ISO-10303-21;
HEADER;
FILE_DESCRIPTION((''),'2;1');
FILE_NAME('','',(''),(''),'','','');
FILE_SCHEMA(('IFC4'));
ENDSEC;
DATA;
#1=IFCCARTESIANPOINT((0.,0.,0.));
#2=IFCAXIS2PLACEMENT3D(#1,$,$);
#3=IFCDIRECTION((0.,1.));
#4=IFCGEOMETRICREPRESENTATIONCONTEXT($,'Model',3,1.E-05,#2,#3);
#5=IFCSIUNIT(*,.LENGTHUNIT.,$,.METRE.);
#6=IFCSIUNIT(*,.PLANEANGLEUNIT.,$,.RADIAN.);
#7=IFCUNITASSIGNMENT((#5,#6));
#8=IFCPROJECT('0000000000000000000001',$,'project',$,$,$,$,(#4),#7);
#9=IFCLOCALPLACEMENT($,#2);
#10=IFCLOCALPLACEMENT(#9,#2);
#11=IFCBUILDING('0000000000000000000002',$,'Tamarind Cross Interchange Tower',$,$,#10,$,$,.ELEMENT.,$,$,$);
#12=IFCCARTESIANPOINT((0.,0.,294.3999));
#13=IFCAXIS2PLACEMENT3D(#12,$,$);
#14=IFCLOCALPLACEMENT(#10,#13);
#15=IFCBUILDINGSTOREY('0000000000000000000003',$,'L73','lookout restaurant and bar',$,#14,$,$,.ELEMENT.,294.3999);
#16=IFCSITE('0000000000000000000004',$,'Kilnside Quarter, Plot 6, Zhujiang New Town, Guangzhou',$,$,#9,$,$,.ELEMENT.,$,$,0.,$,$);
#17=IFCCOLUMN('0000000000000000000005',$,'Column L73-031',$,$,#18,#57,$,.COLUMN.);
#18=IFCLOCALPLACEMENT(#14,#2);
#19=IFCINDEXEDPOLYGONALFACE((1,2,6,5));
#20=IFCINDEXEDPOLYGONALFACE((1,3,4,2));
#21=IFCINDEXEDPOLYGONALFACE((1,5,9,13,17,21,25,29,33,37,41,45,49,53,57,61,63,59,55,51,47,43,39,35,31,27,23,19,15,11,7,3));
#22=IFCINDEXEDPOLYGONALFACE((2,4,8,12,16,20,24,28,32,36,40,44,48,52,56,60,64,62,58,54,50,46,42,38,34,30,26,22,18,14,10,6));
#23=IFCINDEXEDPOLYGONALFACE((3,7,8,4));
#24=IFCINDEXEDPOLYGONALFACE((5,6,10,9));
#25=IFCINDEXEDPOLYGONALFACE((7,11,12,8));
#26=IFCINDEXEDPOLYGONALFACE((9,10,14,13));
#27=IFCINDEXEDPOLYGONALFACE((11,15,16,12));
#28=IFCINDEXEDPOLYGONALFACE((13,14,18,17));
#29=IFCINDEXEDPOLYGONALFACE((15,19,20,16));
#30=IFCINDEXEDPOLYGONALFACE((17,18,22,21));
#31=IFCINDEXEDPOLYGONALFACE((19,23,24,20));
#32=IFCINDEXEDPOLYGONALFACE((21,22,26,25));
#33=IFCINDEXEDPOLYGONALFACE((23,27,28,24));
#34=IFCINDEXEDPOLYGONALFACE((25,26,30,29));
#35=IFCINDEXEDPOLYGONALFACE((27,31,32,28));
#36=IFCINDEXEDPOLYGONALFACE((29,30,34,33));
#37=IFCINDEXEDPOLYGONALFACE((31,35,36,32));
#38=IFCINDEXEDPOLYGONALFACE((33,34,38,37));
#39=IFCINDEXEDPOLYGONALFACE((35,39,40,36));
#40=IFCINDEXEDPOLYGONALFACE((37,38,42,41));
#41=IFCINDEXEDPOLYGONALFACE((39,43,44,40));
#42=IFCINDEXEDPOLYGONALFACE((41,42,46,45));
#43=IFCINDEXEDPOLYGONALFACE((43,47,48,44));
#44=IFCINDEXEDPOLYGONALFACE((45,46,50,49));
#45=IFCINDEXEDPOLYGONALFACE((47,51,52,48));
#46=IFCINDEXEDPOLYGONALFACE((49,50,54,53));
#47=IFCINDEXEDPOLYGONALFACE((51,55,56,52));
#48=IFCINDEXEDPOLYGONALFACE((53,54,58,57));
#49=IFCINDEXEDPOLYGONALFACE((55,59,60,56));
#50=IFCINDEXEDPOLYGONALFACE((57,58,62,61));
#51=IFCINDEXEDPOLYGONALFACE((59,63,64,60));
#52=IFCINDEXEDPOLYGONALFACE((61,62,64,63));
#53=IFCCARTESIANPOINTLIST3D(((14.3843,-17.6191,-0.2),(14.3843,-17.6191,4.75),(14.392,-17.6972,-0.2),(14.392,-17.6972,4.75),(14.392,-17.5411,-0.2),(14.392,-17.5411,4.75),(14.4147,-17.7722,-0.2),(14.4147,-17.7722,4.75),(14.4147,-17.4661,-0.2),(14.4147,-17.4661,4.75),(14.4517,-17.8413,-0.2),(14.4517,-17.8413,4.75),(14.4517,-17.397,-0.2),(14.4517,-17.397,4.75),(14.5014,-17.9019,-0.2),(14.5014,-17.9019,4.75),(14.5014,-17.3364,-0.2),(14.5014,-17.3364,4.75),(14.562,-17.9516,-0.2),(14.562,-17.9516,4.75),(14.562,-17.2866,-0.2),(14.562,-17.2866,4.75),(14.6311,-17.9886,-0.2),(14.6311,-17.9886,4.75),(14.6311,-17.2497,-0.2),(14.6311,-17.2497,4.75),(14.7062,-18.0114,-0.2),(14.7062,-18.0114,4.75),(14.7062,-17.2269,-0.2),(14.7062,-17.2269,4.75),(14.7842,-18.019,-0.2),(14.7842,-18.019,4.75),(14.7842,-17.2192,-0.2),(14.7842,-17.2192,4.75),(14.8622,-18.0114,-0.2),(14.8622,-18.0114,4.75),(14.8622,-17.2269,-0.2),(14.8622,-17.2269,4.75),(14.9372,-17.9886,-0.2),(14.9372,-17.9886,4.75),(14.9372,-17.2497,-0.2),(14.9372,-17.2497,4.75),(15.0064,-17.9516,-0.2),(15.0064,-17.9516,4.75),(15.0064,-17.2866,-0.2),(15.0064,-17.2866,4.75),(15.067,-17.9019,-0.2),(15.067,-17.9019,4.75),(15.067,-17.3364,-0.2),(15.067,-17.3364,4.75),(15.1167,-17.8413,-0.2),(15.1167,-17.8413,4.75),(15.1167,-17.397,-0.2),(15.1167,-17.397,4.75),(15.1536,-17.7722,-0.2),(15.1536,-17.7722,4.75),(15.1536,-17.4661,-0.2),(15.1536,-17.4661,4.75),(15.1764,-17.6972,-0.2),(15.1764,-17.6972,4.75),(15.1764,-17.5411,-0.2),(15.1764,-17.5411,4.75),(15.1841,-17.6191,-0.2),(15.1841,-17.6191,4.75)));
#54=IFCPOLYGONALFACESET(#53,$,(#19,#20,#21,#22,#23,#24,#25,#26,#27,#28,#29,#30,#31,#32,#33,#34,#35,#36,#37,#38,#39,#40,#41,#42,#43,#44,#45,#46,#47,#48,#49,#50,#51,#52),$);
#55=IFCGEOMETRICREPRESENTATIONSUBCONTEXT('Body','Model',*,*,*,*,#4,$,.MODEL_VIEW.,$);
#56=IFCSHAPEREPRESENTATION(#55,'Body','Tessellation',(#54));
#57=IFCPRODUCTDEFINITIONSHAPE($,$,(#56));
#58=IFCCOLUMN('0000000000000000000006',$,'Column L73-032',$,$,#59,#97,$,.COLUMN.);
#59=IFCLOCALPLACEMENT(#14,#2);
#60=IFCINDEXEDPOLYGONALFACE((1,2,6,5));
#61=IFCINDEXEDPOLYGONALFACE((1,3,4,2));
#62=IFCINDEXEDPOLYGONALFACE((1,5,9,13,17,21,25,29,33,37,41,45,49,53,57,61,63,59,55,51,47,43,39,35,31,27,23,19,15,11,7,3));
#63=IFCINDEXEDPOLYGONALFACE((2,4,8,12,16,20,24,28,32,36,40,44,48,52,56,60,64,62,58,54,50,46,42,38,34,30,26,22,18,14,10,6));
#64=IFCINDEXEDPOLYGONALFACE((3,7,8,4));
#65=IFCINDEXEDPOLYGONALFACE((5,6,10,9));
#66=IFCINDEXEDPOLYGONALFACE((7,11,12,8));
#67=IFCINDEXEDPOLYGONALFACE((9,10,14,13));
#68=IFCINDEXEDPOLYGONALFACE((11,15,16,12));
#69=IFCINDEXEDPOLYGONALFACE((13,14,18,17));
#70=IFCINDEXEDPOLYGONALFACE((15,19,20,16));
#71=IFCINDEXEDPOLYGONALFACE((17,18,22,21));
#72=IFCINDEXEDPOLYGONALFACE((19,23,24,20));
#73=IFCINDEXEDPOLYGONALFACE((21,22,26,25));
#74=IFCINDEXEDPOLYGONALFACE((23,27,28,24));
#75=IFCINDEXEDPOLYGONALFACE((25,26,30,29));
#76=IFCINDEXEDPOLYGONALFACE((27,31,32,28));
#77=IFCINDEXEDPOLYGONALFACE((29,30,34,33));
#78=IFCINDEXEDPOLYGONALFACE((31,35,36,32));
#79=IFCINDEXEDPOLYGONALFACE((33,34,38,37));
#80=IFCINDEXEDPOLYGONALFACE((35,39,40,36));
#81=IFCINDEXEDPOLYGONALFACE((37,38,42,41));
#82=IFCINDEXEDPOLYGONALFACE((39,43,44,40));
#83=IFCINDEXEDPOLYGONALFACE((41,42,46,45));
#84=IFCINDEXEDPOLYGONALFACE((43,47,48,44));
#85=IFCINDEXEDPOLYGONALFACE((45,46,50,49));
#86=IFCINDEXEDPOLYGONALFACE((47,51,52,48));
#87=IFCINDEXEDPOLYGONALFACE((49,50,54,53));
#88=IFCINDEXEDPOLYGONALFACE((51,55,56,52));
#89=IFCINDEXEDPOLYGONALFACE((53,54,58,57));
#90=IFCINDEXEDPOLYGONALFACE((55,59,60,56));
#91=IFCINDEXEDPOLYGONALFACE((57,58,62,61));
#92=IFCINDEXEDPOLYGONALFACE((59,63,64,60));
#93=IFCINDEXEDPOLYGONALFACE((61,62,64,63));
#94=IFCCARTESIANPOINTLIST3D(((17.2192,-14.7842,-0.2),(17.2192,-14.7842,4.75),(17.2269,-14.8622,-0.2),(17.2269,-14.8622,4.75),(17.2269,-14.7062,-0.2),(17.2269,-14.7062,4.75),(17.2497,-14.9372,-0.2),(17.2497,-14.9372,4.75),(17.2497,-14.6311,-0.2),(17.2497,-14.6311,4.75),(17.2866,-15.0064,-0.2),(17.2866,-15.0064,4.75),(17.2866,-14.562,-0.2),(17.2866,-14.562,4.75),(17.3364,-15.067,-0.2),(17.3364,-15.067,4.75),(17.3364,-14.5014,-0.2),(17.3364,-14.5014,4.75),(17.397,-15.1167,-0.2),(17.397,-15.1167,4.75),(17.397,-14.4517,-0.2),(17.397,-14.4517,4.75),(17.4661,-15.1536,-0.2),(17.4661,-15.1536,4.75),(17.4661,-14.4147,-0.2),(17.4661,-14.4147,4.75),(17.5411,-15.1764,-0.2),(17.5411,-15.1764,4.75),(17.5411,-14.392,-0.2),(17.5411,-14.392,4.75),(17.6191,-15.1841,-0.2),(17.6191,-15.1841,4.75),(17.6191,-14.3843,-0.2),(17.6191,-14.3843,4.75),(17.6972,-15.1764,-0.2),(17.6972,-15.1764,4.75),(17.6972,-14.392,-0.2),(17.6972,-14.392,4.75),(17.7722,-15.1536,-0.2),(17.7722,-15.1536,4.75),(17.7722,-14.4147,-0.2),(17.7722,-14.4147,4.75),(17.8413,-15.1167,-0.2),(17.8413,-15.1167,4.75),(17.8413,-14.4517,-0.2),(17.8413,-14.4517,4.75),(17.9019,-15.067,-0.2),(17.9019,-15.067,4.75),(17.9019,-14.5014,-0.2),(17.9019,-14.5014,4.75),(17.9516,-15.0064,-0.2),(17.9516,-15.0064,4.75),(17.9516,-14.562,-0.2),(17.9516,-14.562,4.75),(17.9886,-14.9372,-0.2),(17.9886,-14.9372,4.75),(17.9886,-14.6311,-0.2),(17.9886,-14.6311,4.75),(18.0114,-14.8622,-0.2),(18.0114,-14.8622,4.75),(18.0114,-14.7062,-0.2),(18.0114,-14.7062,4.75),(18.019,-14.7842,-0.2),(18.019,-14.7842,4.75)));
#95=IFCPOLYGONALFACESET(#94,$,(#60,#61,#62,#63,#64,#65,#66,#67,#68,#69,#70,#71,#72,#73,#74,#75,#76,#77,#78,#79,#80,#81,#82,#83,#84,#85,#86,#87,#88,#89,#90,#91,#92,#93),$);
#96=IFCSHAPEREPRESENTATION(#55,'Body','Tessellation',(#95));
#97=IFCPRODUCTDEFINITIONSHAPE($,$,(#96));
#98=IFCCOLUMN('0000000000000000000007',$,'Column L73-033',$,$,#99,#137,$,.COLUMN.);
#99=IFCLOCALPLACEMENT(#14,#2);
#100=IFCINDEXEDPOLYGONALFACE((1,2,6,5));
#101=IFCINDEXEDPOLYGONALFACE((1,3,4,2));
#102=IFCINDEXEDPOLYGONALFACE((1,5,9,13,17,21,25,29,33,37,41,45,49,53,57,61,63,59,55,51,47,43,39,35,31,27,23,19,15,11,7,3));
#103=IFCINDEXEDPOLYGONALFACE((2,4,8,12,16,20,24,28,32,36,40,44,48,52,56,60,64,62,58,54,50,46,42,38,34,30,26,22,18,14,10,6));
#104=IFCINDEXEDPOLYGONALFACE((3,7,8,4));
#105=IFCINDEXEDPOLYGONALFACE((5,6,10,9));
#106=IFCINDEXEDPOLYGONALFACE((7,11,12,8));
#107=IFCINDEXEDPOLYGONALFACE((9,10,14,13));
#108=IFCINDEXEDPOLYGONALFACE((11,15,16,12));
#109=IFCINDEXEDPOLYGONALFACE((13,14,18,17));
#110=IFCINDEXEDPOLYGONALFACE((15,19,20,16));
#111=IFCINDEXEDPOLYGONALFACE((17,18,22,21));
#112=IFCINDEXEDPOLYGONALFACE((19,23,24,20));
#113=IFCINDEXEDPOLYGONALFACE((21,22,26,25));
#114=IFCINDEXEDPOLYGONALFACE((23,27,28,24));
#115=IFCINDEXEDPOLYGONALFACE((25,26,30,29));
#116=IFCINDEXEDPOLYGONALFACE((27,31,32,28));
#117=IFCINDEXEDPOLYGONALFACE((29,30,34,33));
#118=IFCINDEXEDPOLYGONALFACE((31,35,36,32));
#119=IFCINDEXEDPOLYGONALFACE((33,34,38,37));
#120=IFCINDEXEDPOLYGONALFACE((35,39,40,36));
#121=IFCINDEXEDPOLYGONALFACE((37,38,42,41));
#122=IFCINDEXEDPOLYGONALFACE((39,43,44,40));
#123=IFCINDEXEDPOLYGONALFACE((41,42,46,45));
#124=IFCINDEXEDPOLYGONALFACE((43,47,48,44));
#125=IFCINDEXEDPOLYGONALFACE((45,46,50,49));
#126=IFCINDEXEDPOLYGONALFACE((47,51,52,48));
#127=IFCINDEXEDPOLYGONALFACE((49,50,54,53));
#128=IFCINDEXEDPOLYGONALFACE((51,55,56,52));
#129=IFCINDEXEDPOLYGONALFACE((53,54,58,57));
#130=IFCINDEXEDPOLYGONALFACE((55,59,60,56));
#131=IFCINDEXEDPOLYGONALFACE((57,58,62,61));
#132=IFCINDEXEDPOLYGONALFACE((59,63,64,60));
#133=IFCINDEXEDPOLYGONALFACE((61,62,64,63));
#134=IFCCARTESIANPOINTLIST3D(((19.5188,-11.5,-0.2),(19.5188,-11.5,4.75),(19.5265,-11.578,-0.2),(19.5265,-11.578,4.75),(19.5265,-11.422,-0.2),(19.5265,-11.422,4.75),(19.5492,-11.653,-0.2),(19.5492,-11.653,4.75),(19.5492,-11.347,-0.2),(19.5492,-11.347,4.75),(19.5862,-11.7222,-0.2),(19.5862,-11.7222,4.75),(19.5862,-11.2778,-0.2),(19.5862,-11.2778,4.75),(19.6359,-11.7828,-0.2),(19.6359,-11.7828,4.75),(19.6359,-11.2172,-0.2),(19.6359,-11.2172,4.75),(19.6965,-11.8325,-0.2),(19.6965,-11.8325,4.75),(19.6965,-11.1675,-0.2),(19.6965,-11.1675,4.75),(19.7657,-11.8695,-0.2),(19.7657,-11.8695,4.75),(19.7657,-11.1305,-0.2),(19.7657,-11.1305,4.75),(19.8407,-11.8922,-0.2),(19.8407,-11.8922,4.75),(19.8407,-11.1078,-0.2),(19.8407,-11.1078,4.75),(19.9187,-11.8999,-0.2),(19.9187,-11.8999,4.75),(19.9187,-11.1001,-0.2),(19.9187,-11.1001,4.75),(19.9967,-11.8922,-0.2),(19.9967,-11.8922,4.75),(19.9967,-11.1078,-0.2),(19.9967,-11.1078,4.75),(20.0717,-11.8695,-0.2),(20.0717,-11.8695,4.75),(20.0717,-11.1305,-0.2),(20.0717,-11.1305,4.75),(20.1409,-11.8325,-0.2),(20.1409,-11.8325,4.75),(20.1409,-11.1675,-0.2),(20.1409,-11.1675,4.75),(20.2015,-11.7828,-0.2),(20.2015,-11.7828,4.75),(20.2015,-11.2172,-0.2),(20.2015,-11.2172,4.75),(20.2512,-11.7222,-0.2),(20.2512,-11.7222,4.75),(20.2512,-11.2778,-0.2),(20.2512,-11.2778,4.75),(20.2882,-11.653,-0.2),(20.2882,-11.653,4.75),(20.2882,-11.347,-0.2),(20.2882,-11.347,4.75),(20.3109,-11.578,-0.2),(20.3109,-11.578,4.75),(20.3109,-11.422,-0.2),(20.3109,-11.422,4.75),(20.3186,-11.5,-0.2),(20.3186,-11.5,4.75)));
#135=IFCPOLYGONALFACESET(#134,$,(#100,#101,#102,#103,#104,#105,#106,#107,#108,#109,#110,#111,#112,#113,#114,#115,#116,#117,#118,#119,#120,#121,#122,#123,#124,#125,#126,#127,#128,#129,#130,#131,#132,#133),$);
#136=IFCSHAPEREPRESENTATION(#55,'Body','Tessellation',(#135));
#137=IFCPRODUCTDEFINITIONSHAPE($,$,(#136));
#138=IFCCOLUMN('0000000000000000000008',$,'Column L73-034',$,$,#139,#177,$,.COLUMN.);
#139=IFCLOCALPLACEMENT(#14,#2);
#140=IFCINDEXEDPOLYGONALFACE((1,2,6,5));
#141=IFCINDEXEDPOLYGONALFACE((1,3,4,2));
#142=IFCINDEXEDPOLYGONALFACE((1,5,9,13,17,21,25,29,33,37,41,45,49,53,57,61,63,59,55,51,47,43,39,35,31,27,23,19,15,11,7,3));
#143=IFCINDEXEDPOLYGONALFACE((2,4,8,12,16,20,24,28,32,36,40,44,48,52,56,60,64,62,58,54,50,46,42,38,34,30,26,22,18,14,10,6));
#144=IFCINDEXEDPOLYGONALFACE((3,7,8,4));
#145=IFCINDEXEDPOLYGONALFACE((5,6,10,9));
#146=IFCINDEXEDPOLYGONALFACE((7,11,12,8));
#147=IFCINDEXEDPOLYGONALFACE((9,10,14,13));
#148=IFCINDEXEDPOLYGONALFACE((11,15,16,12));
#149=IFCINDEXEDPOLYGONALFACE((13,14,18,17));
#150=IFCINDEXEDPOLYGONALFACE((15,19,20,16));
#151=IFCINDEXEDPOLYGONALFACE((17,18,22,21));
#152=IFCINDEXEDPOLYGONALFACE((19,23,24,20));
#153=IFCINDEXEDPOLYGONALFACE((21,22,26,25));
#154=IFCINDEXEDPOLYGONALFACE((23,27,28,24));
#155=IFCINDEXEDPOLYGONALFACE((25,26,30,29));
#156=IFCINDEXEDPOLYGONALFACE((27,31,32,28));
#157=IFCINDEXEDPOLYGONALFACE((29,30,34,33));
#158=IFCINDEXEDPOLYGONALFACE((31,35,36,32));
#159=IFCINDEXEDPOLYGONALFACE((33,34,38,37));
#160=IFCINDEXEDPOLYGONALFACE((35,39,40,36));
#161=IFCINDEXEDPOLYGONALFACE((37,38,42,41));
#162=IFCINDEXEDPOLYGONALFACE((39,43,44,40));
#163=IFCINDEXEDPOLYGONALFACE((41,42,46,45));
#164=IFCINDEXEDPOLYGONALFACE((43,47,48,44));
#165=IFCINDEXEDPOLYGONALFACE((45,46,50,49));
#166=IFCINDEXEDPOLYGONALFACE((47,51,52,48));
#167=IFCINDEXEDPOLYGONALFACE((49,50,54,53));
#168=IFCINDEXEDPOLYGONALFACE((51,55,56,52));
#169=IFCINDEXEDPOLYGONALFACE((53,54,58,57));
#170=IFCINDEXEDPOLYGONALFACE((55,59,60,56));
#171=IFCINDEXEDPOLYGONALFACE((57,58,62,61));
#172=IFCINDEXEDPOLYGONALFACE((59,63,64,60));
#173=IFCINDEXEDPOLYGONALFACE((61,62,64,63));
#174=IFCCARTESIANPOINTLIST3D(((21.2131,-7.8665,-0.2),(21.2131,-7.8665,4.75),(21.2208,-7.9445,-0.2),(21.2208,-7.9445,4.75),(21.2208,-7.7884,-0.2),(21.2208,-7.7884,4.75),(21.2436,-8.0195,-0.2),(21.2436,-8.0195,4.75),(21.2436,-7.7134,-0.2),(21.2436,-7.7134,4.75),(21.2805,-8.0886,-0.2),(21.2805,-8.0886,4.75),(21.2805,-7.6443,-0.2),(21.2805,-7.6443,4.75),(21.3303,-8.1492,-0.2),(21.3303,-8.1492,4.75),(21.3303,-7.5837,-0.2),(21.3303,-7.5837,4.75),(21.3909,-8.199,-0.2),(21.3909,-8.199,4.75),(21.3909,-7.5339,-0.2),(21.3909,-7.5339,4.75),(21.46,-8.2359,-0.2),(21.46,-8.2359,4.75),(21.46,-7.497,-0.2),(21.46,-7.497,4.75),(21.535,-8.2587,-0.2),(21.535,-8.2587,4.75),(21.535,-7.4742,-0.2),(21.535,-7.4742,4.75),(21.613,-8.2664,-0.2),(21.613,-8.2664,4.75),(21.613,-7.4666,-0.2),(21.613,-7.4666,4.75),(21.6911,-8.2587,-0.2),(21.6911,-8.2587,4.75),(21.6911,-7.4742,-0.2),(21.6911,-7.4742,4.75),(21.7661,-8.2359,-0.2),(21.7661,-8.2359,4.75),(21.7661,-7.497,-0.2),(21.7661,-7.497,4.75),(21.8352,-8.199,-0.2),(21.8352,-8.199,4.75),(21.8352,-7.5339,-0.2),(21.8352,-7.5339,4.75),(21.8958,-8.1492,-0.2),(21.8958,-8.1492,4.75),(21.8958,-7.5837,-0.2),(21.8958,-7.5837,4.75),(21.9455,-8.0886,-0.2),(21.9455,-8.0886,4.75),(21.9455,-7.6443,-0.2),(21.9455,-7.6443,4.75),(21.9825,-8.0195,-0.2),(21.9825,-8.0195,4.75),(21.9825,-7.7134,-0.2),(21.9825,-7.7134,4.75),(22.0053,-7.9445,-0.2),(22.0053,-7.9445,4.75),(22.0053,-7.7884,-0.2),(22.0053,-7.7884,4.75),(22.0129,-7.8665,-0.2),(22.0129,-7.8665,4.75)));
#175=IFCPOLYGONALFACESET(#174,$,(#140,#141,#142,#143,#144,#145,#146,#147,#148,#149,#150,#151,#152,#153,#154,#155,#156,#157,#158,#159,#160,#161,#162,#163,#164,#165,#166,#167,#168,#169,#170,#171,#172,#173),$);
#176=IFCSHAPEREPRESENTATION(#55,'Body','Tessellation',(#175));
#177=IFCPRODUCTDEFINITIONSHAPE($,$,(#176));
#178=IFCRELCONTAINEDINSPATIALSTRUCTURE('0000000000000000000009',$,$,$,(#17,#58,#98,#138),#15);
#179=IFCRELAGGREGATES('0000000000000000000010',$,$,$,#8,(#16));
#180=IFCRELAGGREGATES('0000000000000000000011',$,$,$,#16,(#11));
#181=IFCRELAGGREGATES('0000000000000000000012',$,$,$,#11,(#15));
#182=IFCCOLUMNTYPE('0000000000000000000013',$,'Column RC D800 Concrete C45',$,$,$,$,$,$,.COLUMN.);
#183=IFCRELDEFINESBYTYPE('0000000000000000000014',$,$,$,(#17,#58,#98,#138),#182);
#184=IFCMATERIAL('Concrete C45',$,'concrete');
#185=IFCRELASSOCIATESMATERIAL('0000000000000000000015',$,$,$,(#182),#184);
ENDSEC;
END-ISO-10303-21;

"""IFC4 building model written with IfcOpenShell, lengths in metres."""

from ifc_helpers import new_model, si_unit, direction, frame, origin, origin_2d, place, context, subcontext, project, spatial, circle, extrude, material, material_profile, profile_set, type_object, element, save


model = new_model("IFC4")

# Units and contexts
model_context = context("Model", 3, precision=1e-05, world=origin(), true_north=direction((0.0, 1.0)))
body_context = subcontext(model_context, "Body", "Model", "MODEL_VIEW")
ifc_project = project(units=[si_unit("LENGTHUNIT", "METRE"), si_unit("PLANEANGLEUNIT", "RADIAN")], contexts=[model_context])

# Site, building, storey
site_placement = place(None, origin())
site = spatial("IfcSite", under=ifc_project, at=site_placement, Name="Kilnside Quarter, Plot 6, Zhujiang New Town, Guangzhou", CompositionType="ELEMENT", RefElevation=0.0)
building_placement = place(site_placement, origin())
building = spatial("IfcBuilding", under=site, at=building_placement, Name="Tamarind Cross Interchange Tower", CompositionType="ELEMENT")
storey_placement = place(building_placement, frame((0.0, 0.0, 294.3999)))
storey = spatial("IfcBuildingStorey", under=building, at=storey_placement, Name="L73", Description="lookout restaurant and bar", CompositionType="ELEMENT", Elevation=294.3999)

# Columns
ifc_material_1 = material(Name="Concrete C45", Category="concrete")
ifc_material_profile_1 = material_profile(ifc_material_1, circle(Radius=0.3999, at=origin_2d()), Name="RC D800")
ifc_profile_set_1 = profile_set([ifc_material_profile_1], Name="Concrete C45")
column_type = type_object("IfcColumnType", Name="Column RC D800 Concrete C45", PredefinedType="COLUMN", material=ifc_profile_set_1)
for number, where, z_axis, x_axis, name in (
    (1, (14.7842, -17.6191, -0.2), (0.0, 0.0, 1.0), (1.0, 0.0, 0.0), "Column L73-031"),
    (2, (17.6191, -14.7842, -0.2), (0.0, 0.0, 1.0), (1.0, 0.0, 0.0), "Column L73-032"),
    (3, (19.9187, -11.5, -0.2), (0.0, 0.0, 1.0), (1.0, 0.0, 0.0), "Column L73-033"),
    (4, (21.613, -7.8665, -0.2), (0.0, 0.0, 1.0), (1.0, 0.0, 0.0), "Column L73-034"),
):
    element("IfcColumn", number, at=place(storey_placement, frame(where, z_axis=z_axis, x_axis=x_axis)), inside=storey, type_object=column_type, Name=name, PredefinedType="COLUMN", context=body_context, shape_type="SweptSolid", body=[
        extrude(circle(Radius=0.3999, at=origin_2d()), origin(), (0.0, 0.0, 1.0), 4.95),
    ])

save(model, "model.ifc")
